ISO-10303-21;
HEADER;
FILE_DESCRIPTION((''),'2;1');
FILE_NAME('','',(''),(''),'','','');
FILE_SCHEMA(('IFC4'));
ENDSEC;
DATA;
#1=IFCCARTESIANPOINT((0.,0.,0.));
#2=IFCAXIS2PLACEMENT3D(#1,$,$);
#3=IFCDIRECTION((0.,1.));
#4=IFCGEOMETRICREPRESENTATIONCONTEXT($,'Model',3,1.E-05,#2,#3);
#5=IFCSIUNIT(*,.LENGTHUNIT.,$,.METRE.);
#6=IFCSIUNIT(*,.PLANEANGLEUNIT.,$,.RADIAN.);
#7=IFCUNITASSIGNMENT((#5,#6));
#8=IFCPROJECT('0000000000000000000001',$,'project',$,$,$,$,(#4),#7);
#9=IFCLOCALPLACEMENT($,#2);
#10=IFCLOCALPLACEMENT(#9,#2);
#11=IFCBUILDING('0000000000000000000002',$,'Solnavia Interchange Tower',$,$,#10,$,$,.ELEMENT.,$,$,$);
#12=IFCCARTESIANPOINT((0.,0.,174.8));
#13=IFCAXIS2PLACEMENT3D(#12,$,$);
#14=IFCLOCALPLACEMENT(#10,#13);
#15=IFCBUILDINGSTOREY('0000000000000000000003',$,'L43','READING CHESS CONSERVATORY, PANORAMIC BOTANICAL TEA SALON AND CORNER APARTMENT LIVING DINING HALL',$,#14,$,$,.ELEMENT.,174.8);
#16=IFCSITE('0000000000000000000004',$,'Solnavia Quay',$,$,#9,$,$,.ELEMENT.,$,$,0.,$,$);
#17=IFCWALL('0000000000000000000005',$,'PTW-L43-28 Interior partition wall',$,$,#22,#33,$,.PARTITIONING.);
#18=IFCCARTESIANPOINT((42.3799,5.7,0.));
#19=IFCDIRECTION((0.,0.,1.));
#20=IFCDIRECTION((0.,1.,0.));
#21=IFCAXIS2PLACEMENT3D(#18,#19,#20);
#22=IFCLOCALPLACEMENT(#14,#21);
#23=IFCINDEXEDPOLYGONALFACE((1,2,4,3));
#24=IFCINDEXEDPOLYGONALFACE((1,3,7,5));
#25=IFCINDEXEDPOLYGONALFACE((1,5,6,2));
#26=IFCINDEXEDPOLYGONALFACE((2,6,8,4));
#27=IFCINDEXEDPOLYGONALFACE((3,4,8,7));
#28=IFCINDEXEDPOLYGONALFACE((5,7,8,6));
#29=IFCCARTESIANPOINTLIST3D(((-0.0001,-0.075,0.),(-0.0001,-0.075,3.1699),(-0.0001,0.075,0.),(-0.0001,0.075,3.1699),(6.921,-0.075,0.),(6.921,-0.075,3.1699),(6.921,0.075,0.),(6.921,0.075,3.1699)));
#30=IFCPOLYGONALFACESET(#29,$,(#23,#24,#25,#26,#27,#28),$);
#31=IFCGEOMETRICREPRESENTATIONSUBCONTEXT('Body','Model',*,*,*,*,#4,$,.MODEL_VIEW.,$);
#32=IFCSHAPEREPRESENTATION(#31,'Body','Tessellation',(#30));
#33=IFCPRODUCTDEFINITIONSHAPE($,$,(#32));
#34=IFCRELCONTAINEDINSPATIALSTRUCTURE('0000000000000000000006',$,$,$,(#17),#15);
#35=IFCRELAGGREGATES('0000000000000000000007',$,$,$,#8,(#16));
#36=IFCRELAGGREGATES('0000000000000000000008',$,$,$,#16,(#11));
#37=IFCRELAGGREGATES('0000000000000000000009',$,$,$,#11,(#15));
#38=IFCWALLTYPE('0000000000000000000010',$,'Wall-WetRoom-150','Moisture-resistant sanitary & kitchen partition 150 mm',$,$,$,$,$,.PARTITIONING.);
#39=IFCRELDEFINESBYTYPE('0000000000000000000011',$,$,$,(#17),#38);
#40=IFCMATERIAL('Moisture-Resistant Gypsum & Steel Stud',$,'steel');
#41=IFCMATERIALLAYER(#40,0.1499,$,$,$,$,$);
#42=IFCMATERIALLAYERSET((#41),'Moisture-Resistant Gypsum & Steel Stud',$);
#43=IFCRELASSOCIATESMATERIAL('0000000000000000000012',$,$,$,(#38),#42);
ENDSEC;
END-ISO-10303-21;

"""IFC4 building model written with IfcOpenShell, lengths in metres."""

from ifc_helpers import new_model, si_unit, direction, frame, frame_2d, origin, place, context, subcontext, project, spatial, rectangle, extrude, material, layer, layer_set, type_object, element, save


model = new_model("IFC4")

# Units and contexts
model_context = context("Model", 3, precision=1e-05, world=origin(), true_north=direction((0.0, 1.0)))
body_context = subcontext(model_context, "Body", "Model", "MODEL_VIEW")
ifc_project = project(units=[si_unit("LENGTHUNIT", "METRE"), si_unit("PLANEANGLEUNIT", "RADIAN")], contexts=[model_context])

# Site, building, storey
site_placement = place(None, origin())
site = spatial("IfcSite", under=ifc_project, at=site_placement, Name="Solnavia Quay", CompositionType="ELEMENT", RefElevation=0.0)
building_placement = place(site_placement, origin())
building = spatial("IfcBuilding", under=site, at=building_placement, Name="Solnavia Interchange Tower", CompositionType="ELEMENT")
storey_placement = place(building_placement, frame((0.0, 0.0, 174.8)))
storey = spatial("IfcBuildingStorey", under=building, at=storey_placement, Name="L43", Description="READING CHESS CONSERVATORY, PANORAMIC BOTANICAL TEA SALON AND CORNER APARTMENT LIVING DINING HALL", CompositionType="ELEMENT", Elevation=174.8)

# Shared definitions
ifc_material_1 = material(Name="Moisture-Resistant Gypsum & Steel Stud", Category="steel")
ifc_layer_1 = layer(ifc_material_1, 0.1499)
ifc_layer_set_1 = layer_set([ifc_layer_1], Name="Moisture-Resistant Gypsum & Steel Stud")
wall_type_1 = type_object("IfcWallType", Name="Wall-WetRoom-150", Description="Moisture-resistant sanitary & kitchen partition 150 mm", PredefinedType="PARTITIONING", material=ifc_layer_set_1)

# Wall
wall_1_placement = place(storey_placement, frame((42.3799, 5.7, 0.0), z_axis=(0.0, 0.0, 1.0), x_axis=(0.0, 1.0, 0.0)))
element("IfcWall", 1, at=wall_1_placement, inside=storey, type_object=wall_type_1, Name="PTW-L43-28 Interior partition wall", PredefinedType="PARTITIONING", context=body_context, shape_type="SweptSolid", body=[
    extrude(rectangle(XDim=6.9211, YDim=0.1499, at=frame_2d((3.4604, 0.0))), origin(), (0.0, 0.0, 1.0), 3.1699),
])

save(model, "model.ifc")
